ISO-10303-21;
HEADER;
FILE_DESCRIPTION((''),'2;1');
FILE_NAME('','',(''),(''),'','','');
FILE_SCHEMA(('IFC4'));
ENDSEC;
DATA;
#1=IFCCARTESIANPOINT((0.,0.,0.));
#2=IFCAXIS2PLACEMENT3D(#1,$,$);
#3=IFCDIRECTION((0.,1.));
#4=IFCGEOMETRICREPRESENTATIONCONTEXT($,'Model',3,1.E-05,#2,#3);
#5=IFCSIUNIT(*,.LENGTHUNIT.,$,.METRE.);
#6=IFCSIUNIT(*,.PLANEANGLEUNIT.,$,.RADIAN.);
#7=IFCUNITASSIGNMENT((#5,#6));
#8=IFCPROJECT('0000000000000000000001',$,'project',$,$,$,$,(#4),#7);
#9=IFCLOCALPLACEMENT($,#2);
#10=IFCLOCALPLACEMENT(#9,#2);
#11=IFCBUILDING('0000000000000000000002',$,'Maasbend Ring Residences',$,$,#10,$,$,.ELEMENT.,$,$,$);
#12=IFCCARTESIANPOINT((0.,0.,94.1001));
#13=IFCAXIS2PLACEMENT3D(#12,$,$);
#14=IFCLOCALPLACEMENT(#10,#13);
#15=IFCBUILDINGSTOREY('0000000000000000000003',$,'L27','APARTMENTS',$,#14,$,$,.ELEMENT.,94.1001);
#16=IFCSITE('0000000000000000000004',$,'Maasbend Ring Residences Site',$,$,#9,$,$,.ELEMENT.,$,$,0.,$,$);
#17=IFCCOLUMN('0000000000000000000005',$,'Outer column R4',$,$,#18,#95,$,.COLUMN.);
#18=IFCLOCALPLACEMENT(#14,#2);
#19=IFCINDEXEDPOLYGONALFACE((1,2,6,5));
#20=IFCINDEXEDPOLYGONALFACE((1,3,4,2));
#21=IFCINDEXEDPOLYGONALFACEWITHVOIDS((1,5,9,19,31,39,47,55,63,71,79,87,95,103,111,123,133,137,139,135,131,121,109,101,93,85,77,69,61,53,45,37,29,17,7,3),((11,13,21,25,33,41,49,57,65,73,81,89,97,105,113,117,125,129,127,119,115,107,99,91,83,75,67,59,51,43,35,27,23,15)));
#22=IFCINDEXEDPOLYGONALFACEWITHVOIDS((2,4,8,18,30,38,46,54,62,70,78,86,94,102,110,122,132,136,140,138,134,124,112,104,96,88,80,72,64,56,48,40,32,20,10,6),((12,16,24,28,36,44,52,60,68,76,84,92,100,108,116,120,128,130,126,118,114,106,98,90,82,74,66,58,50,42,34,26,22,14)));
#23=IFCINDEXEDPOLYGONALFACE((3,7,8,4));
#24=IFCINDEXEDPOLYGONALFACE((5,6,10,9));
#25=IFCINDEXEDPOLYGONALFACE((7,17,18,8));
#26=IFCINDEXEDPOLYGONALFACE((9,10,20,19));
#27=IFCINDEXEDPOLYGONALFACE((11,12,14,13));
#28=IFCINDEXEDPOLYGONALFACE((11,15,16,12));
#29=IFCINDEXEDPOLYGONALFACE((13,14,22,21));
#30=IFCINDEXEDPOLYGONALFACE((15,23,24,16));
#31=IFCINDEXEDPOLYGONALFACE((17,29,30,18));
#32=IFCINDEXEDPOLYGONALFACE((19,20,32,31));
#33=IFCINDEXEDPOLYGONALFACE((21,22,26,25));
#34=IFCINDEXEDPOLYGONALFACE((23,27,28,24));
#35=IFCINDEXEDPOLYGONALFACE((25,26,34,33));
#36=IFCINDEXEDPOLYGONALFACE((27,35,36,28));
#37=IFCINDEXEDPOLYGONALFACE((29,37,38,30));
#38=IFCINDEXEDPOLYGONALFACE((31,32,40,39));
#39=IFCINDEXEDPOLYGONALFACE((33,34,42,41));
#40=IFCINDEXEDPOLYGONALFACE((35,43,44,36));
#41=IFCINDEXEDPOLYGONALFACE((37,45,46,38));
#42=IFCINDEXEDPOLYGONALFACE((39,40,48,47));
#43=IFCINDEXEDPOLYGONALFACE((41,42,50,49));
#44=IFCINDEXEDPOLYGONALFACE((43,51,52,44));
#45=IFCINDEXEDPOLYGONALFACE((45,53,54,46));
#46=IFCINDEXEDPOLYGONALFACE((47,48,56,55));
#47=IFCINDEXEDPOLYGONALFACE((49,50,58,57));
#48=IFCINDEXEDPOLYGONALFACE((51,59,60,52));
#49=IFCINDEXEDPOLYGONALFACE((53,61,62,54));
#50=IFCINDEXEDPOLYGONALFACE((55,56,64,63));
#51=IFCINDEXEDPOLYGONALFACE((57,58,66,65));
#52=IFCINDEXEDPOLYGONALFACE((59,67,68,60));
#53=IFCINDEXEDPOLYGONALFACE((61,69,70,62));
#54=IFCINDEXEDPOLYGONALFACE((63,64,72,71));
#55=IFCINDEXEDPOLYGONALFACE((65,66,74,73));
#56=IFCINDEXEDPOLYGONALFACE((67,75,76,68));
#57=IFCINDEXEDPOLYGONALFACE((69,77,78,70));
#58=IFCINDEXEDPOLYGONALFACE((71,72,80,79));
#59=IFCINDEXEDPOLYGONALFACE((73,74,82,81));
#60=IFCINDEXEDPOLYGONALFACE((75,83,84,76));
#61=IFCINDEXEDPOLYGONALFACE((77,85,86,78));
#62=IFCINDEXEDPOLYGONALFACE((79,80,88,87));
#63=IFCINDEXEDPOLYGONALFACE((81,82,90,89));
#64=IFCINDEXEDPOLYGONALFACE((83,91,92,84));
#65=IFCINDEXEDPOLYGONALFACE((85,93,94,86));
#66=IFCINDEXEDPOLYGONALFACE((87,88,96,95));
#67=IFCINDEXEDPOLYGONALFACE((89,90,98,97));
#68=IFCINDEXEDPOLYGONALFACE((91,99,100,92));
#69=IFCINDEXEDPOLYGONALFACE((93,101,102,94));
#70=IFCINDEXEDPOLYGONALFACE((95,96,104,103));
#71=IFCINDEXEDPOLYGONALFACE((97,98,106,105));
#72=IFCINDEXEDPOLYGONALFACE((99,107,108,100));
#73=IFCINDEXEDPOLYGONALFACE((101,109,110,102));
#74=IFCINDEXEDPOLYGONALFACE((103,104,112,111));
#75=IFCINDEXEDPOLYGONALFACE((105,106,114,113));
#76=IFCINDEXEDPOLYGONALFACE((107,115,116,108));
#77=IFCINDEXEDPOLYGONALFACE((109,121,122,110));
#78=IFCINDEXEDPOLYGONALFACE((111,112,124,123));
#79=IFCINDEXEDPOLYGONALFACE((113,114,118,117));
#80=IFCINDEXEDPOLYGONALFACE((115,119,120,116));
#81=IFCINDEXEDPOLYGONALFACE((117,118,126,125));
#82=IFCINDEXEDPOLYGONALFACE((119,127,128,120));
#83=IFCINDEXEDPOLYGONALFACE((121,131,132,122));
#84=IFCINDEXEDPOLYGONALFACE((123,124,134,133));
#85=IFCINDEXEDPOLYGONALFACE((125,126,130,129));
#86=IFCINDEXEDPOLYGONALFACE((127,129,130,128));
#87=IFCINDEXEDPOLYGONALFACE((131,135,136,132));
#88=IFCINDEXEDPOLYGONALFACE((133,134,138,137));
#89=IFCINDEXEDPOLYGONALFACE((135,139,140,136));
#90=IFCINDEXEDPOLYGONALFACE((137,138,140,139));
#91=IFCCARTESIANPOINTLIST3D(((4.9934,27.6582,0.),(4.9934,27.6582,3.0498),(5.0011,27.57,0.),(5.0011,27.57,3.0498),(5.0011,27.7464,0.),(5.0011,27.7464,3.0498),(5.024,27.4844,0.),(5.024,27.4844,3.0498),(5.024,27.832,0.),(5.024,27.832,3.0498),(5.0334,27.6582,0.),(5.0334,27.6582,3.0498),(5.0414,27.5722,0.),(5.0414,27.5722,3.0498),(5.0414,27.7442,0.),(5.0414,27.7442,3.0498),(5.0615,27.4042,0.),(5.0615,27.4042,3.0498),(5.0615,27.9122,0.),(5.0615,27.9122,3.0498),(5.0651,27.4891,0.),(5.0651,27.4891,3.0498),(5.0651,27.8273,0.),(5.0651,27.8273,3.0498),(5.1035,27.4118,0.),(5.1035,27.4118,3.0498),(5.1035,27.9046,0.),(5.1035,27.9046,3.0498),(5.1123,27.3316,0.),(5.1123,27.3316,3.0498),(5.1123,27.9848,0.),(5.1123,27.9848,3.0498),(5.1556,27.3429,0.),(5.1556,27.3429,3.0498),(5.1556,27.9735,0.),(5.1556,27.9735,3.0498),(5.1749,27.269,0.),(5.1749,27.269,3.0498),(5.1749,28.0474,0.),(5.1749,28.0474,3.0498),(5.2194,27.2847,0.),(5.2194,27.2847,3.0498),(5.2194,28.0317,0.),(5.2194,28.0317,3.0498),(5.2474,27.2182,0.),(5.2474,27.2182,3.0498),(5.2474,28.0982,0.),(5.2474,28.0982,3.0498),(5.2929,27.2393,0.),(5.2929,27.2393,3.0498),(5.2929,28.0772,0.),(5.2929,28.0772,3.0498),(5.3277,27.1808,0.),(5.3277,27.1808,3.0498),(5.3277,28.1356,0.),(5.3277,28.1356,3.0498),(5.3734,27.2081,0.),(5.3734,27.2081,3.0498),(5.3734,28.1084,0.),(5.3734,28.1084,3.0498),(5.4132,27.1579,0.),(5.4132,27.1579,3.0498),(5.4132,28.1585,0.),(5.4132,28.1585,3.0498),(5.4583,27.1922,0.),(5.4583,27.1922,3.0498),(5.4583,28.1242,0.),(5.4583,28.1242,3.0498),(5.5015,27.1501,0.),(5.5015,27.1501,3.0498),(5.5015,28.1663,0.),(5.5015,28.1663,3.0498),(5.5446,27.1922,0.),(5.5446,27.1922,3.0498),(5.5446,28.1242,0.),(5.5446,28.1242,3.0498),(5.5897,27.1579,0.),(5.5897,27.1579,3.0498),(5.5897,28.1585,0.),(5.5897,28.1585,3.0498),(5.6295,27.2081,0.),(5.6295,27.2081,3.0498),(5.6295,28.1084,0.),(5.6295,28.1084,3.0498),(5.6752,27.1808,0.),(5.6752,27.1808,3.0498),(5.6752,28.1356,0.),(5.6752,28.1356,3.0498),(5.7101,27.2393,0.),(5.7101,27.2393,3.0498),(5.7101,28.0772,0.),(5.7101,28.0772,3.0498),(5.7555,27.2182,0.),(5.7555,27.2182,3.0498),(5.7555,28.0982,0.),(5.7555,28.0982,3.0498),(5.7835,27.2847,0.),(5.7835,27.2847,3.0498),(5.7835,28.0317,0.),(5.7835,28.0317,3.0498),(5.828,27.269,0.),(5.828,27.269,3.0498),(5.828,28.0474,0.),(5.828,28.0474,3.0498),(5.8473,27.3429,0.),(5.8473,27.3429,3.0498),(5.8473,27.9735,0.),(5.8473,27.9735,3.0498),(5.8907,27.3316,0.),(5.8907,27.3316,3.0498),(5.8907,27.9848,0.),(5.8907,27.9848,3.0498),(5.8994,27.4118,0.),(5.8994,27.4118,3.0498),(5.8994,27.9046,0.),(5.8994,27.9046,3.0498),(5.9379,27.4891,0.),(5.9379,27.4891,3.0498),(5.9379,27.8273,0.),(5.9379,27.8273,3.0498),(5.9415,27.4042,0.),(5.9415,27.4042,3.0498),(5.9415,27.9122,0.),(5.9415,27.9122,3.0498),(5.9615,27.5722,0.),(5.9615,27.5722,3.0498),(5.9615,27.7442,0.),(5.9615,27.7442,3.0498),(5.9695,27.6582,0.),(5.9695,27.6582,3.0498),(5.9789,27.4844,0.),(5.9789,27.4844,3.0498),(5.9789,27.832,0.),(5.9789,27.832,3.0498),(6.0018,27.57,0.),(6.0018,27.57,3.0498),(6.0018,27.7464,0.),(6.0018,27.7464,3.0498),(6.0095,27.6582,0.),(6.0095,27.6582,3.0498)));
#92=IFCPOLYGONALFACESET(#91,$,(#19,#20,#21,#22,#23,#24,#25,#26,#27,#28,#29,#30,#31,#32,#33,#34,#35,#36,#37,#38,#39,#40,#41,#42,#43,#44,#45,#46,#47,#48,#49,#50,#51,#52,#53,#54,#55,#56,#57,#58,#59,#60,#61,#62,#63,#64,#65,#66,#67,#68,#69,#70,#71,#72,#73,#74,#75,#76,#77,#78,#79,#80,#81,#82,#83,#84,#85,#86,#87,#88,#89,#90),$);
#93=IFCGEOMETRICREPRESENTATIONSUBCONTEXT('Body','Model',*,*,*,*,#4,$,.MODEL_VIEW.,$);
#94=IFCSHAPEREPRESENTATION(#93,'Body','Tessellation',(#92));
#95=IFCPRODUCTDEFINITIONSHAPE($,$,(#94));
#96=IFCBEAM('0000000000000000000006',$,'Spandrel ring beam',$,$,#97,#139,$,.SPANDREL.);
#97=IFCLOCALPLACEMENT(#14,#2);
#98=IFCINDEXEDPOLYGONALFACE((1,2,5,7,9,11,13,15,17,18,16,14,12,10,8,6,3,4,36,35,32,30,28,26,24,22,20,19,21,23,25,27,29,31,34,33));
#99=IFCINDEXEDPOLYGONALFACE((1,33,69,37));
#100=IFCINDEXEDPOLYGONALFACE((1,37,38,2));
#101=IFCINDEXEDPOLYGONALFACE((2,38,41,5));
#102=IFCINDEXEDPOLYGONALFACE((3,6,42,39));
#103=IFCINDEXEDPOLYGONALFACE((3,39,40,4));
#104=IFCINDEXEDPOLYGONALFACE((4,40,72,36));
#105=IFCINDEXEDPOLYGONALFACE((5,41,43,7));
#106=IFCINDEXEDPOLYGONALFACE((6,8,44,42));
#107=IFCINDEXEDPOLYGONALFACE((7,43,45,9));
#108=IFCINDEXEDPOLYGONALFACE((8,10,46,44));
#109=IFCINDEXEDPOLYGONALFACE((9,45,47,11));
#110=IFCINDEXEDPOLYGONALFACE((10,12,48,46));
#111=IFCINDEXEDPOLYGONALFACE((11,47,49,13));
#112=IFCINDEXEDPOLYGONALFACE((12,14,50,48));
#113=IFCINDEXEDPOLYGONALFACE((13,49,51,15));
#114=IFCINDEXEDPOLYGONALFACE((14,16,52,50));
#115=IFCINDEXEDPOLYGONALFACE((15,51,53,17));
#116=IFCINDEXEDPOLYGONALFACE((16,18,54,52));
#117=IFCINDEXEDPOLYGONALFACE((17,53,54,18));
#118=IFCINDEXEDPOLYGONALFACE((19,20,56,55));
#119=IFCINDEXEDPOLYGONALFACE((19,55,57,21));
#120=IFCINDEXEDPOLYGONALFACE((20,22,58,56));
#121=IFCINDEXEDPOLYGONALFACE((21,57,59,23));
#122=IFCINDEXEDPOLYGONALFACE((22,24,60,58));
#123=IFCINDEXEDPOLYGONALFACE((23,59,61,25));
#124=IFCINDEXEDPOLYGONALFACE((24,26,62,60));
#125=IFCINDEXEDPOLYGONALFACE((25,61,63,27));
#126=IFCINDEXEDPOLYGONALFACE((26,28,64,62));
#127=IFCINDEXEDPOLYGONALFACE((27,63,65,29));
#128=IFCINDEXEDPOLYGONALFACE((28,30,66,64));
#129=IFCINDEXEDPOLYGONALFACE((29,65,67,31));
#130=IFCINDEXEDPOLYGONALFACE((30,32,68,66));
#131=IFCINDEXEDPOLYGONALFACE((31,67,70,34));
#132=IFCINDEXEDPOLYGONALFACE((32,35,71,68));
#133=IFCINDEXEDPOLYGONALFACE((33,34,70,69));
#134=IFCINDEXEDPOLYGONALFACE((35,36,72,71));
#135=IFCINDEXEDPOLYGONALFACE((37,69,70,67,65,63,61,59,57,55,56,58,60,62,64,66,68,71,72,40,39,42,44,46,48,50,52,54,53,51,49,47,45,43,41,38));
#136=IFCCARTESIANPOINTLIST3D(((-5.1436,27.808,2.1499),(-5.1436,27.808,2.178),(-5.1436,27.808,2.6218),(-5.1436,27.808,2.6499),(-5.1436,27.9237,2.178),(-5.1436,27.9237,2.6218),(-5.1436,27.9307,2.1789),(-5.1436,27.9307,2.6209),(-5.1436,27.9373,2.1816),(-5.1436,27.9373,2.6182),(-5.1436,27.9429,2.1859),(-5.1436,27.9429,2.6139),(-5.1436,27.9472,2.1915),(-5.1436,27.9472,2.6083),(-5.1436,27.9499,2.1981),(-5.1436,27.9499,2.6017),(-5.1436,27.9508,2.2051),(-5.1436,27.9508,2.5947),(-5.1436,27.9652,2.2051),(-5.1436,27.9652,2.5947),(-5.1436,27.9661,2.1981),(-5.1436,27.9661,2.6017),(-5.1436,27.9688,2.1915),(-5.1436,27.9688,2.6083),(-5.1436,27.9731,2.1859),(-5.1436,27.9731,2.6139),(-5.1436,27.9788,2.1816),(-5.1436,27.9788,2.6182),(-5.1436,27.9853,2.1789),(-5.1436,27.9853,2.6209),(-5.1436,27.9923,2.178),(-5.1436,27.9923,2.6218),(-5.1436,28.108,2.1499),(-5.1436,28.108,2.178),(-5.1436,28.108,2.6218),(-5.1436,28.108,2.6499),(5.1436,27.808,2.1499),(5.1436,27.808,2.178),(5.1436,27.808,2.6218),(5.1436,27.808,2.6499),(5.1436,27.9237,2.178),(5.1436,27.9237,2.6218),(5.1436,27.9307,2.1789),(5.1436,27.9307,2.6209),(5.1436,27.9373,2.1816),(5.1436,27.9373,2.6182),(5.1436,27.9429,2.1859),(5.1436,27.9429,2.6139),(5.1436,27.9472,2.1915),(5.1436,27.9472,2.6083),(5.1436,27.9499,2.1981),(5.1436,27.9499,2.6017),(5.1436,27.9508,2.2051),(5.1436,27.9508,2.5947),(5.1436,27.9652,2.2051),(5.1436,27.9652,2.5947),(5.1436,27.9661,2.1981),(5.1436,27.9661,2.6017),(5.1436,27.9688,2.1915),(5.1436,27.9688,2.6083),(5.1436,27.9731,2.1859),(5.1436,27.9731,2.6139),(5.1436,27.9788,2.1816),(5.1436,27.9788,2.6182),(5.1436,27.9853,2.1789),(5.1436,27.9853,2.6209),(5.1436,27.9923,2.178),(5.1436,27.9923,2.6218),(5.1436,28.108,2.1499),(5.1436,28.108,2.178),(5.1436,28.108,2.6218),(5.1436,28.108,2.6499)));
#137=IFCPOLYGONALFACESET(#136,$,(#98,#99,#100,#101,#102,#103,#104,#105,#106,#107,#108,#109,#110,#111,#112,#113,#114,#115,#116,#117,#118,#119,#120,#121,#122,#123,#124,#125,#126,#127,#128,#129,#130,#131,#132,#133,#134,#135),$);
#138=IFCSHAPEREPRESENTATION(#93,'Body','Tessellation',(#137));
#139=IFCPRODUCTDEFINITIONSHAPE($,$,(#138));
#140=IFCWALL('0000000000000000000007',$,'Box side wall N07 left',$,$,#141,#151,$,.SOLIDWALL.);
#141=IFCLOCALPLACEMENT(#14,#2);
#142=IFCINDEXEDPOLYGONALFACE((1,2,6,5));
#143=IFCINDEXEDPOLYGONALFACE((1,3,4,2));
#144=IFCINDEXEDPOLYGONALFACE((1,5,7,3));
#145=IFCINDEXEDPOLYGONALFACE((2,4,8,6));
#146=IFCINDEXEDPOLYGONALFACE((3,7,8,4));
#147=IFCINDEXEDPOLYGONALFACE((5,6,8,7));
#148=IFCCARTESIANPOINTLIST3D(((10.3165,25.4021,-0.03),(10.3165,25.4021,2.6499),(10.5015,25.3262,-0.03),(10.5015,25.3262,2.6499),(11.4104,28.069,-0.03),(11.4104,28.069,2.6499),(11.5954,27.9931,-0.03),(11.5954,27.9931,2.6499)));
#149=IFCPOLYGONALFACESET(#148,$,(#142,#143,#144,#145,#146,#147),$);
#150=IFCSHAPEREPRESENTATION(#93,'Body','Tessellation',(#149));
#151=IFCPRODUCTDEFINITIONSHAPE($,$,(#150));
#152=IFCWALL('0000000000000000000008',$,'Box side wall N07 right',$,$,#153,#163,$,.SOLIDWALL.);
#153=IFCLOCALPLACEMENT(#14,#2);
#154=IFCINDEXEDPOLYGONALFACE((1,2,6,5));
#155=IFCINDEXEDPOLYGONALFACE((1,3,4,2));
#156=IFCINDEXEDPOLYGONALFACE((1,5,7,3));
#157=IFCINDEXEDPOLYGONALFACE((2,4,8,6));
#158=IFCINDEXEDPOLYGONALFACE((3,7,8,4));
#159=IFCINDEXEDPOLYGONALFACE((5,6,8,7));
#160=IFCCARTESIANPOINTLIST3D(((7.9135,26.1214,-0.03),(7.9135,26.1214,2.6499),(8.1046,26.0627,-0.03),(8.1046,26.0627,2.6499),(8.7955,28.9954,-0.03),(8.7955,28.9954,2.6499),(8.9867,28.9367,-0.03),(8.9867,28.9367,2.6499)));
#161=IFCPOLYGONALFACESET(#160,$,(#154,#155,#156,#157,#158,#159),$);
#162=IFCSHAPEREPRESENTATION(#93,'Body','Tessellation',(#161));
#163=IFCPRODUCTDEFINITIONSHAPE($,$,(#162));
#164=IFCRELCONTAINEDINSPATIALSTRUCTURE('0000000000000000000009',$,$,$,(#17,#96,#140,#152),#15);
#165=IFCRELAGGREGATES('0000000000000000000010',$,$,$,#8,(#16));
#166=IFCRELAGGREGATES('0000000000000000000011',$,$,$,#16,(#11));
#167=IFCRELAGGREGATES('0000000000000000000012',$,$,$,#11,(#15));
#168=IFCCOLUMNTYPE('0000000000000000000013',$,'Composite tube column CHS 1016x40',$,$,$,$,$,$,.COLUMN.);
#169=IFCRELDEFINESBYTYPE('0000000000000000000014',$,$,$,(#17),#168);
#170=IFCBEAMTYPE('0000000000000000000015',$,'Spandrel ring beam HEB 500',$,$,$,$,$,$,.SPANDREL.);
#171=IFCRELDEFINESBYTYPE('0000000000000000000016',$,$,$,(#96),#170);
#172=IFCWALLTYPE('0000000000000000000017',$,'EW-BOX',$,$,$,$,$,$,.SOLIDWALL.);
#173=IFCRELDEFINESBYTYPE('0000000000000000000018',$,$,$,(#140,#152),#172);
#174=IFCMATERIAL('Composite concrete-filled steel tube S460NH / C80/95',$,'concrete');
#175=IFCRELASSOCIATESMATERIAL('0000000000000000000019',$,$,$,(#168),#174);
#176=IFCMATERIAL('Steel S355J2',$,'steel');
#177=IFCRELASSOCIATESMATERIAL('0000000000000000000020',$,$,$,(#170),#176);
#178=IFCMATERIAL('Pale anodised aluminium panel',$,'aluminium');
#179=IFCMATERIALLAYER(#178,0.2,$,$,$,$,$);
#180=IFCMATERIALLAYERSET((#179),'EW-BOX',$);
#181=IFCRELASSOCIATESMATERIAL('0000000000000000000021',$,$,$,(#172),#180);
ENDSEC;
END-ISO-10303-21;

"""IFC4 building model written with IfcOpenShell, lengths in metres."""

from ifc_helpers import new_model, si_unit, direction, frame, frame_2d, origin, origin_2d, place, context, subcontext, project, spatial, rectangle, hollow_circle, i_section, extrude, material, layer, layer_set, material_profile, profile_set, type_object, element, save


model = new_model("IFC4")

# Units and contexts
model_context = context("Model", 3, precision=1e-05, world=origin(), true_north=direction((0.0, 1.0)))
body_context = subcontext(model_context, "Body", "Model", "MODEL_VIEW")
ifc_project = project(units=[si_unit("LENGTHUNIT", "METRE"), si_unit("PLANEANGLEUNIT", "RADIAN")], contexts=[model_context])

# Site, building, storey
site_placement = place(None, origin())
site = spatial("IfcSite", under=ifc_project, at=site_placement, Name="Maasbend Ring Residences Site", CompositionType="ELEMENT", RefElevation=0.0)
building_placement = place(site_placement, origin())
building = spatial("IfcBuilding", under=site, at=building_placement, Name="Maasbend Ring Residences", CompositionType="ELEMENT")
storey_placement = place(building_placement, frame((0.0, 0.0, 94.1001)))
storey = spatial("IfcBuildingStorey", under=building, at=storey_placement, Name="L27", Description="APARTMENTS", CompositionType="ELEMENT", Elevation=94.1001)

# Column
ifc_material_1 = material(Name="Composite concrete-filled steel tube S460NH / C80/95", Category="concrete")
ifc_material_profile_1 = material_profile(ifc_material_1, hollow_circle(Radius=0.5081, WallThickness=0.04, at=origin_2d()), Name="Composite tube column CHS 1016x40")
ifc_profile_set_1 = profile_set([ifc_material_profile_1], Name="Composite concrete-filled steel tube S460NH / C80/95")
column_type = type_object("IfcColumnType", Name="Composite tube column CHS 1016x40", PredefinedType="COLUMN", material=ifc_profile_set_1)
column_placement = place(storey_placement, frame((5.5015, 27.6582, 0.0), z_axis=(0.0, 0.0, 1.0), x_axis=(1.0, 0.0, 0.0)))
element("IfcColumn", 1, at=column_placement, inside=storey, type_object=column_type, Name="Outer column R4", PredefinedType="COLUMN", context=body_context, shape_type="SweptSolid", body=[
    extrude(hollow_circle(Radius=0.5081, WallThickness=0.04, at=origin_2d()), origin(), (0.0, 0.0, 1.0), 3.0498),
])

# Beam
ifc_material_2 = material(Name="Steel S355J2", Category="steel")
ifc_material_profile_2 = material_profile(ifc_material_2, i_section(OverallWidth=0.3, OverallDepth=0.5, WebThickness=0.0144, FlangeThickness=0.0281, FilletRadius=0.0271, at=origin_2d()), Name="HEB 500")
ifc_profile_set_2 = profile_set([ifc_material_profile_2], Name="Steel S355J2")
beam_type = type_object("IfcBeamType", Name="Spandrel ring beam HEB 500", PredefinedType="SPANDREL", material=ifc_profile_set_2)
beam_placement = place(storey_placement, frame((5.1436, 27.958, 2.3999), z_axis=(-1.0, 0.0, 0.0), x_axis=(0.0, -1.0, 0.0)))
element("IfcBeam", 2, at=beam_placement, inside=storey, type_object=beam_type, Name="Spandrel ring beam", PredefinedType="SPANDREL", context=body_context, shape_type="SweptSolid", body=[
    extrude(i_section(OverallWidth=0.3, OverallDepth=0.5, WebThickness=0.0144, FlangeThickness=0.0281, FilletRadius=0.0271, at=origin_2d()), origin(), (0.0, 0.0, 1.0), 10.2871),
])

# Walls
ifc_material_3 = material(Name="Pale anodised aluminium panel", Category="aluminium")
ifc_layer_1 = layer(ifc_material_3, 0.2)
ifc_layer_set_1 = layer_set([ifc_layer_1], Name="EW-BOX")
wall_type_1 = type_object("IfcWallType", Name="EW-BOX", PredefinedType="SOLIDWALL", material=ifc_layer_set_1)
wall_1_placement = place(storey_placement, frame((10.4089, 25.364, -0.03), z_axis=(0.0, 0.0, 1.0), x_axis=(0.37951, 0.925188, 0.0)))
element("IfcWall", 3, at=wall_1_placement, inside=storey, type_object=wall_type_1, Name="Box side wall N07 left", PredefinedType="SOLIDWALL", context=body_context, shape_type="SweptSolid", body=[
    extrude(rectangle(XDim=2.8826, YDim=0.2, at=frame_2d((1.4414, 0.0))), origin(), (0.0, 0.0, 1.0), 2.6799),
])
wall_2_placement = place(storey_placement, frame((8.009, 26.092, -0.03), z_axis=(0.0, 0.0, 1.0), x_axis=(0.293407, 0.955988, 0.0)))
element("IfcWall", 4, at=wall_2_placement, inside=storey, type_object=wall_type_1, Name="Box side wall N07 right", PredefinedType="SOLIDWALL", context=body_context, shape_type="SweptSolid", body=[
    extrude(rectangle(XDim=3.0063, YDim=0.2, at=frame_2d((1.5032, 0.0))), origin(), (0.0, 0.0, 1.0), 2.6799),
])

save(model, "model.ifc")
